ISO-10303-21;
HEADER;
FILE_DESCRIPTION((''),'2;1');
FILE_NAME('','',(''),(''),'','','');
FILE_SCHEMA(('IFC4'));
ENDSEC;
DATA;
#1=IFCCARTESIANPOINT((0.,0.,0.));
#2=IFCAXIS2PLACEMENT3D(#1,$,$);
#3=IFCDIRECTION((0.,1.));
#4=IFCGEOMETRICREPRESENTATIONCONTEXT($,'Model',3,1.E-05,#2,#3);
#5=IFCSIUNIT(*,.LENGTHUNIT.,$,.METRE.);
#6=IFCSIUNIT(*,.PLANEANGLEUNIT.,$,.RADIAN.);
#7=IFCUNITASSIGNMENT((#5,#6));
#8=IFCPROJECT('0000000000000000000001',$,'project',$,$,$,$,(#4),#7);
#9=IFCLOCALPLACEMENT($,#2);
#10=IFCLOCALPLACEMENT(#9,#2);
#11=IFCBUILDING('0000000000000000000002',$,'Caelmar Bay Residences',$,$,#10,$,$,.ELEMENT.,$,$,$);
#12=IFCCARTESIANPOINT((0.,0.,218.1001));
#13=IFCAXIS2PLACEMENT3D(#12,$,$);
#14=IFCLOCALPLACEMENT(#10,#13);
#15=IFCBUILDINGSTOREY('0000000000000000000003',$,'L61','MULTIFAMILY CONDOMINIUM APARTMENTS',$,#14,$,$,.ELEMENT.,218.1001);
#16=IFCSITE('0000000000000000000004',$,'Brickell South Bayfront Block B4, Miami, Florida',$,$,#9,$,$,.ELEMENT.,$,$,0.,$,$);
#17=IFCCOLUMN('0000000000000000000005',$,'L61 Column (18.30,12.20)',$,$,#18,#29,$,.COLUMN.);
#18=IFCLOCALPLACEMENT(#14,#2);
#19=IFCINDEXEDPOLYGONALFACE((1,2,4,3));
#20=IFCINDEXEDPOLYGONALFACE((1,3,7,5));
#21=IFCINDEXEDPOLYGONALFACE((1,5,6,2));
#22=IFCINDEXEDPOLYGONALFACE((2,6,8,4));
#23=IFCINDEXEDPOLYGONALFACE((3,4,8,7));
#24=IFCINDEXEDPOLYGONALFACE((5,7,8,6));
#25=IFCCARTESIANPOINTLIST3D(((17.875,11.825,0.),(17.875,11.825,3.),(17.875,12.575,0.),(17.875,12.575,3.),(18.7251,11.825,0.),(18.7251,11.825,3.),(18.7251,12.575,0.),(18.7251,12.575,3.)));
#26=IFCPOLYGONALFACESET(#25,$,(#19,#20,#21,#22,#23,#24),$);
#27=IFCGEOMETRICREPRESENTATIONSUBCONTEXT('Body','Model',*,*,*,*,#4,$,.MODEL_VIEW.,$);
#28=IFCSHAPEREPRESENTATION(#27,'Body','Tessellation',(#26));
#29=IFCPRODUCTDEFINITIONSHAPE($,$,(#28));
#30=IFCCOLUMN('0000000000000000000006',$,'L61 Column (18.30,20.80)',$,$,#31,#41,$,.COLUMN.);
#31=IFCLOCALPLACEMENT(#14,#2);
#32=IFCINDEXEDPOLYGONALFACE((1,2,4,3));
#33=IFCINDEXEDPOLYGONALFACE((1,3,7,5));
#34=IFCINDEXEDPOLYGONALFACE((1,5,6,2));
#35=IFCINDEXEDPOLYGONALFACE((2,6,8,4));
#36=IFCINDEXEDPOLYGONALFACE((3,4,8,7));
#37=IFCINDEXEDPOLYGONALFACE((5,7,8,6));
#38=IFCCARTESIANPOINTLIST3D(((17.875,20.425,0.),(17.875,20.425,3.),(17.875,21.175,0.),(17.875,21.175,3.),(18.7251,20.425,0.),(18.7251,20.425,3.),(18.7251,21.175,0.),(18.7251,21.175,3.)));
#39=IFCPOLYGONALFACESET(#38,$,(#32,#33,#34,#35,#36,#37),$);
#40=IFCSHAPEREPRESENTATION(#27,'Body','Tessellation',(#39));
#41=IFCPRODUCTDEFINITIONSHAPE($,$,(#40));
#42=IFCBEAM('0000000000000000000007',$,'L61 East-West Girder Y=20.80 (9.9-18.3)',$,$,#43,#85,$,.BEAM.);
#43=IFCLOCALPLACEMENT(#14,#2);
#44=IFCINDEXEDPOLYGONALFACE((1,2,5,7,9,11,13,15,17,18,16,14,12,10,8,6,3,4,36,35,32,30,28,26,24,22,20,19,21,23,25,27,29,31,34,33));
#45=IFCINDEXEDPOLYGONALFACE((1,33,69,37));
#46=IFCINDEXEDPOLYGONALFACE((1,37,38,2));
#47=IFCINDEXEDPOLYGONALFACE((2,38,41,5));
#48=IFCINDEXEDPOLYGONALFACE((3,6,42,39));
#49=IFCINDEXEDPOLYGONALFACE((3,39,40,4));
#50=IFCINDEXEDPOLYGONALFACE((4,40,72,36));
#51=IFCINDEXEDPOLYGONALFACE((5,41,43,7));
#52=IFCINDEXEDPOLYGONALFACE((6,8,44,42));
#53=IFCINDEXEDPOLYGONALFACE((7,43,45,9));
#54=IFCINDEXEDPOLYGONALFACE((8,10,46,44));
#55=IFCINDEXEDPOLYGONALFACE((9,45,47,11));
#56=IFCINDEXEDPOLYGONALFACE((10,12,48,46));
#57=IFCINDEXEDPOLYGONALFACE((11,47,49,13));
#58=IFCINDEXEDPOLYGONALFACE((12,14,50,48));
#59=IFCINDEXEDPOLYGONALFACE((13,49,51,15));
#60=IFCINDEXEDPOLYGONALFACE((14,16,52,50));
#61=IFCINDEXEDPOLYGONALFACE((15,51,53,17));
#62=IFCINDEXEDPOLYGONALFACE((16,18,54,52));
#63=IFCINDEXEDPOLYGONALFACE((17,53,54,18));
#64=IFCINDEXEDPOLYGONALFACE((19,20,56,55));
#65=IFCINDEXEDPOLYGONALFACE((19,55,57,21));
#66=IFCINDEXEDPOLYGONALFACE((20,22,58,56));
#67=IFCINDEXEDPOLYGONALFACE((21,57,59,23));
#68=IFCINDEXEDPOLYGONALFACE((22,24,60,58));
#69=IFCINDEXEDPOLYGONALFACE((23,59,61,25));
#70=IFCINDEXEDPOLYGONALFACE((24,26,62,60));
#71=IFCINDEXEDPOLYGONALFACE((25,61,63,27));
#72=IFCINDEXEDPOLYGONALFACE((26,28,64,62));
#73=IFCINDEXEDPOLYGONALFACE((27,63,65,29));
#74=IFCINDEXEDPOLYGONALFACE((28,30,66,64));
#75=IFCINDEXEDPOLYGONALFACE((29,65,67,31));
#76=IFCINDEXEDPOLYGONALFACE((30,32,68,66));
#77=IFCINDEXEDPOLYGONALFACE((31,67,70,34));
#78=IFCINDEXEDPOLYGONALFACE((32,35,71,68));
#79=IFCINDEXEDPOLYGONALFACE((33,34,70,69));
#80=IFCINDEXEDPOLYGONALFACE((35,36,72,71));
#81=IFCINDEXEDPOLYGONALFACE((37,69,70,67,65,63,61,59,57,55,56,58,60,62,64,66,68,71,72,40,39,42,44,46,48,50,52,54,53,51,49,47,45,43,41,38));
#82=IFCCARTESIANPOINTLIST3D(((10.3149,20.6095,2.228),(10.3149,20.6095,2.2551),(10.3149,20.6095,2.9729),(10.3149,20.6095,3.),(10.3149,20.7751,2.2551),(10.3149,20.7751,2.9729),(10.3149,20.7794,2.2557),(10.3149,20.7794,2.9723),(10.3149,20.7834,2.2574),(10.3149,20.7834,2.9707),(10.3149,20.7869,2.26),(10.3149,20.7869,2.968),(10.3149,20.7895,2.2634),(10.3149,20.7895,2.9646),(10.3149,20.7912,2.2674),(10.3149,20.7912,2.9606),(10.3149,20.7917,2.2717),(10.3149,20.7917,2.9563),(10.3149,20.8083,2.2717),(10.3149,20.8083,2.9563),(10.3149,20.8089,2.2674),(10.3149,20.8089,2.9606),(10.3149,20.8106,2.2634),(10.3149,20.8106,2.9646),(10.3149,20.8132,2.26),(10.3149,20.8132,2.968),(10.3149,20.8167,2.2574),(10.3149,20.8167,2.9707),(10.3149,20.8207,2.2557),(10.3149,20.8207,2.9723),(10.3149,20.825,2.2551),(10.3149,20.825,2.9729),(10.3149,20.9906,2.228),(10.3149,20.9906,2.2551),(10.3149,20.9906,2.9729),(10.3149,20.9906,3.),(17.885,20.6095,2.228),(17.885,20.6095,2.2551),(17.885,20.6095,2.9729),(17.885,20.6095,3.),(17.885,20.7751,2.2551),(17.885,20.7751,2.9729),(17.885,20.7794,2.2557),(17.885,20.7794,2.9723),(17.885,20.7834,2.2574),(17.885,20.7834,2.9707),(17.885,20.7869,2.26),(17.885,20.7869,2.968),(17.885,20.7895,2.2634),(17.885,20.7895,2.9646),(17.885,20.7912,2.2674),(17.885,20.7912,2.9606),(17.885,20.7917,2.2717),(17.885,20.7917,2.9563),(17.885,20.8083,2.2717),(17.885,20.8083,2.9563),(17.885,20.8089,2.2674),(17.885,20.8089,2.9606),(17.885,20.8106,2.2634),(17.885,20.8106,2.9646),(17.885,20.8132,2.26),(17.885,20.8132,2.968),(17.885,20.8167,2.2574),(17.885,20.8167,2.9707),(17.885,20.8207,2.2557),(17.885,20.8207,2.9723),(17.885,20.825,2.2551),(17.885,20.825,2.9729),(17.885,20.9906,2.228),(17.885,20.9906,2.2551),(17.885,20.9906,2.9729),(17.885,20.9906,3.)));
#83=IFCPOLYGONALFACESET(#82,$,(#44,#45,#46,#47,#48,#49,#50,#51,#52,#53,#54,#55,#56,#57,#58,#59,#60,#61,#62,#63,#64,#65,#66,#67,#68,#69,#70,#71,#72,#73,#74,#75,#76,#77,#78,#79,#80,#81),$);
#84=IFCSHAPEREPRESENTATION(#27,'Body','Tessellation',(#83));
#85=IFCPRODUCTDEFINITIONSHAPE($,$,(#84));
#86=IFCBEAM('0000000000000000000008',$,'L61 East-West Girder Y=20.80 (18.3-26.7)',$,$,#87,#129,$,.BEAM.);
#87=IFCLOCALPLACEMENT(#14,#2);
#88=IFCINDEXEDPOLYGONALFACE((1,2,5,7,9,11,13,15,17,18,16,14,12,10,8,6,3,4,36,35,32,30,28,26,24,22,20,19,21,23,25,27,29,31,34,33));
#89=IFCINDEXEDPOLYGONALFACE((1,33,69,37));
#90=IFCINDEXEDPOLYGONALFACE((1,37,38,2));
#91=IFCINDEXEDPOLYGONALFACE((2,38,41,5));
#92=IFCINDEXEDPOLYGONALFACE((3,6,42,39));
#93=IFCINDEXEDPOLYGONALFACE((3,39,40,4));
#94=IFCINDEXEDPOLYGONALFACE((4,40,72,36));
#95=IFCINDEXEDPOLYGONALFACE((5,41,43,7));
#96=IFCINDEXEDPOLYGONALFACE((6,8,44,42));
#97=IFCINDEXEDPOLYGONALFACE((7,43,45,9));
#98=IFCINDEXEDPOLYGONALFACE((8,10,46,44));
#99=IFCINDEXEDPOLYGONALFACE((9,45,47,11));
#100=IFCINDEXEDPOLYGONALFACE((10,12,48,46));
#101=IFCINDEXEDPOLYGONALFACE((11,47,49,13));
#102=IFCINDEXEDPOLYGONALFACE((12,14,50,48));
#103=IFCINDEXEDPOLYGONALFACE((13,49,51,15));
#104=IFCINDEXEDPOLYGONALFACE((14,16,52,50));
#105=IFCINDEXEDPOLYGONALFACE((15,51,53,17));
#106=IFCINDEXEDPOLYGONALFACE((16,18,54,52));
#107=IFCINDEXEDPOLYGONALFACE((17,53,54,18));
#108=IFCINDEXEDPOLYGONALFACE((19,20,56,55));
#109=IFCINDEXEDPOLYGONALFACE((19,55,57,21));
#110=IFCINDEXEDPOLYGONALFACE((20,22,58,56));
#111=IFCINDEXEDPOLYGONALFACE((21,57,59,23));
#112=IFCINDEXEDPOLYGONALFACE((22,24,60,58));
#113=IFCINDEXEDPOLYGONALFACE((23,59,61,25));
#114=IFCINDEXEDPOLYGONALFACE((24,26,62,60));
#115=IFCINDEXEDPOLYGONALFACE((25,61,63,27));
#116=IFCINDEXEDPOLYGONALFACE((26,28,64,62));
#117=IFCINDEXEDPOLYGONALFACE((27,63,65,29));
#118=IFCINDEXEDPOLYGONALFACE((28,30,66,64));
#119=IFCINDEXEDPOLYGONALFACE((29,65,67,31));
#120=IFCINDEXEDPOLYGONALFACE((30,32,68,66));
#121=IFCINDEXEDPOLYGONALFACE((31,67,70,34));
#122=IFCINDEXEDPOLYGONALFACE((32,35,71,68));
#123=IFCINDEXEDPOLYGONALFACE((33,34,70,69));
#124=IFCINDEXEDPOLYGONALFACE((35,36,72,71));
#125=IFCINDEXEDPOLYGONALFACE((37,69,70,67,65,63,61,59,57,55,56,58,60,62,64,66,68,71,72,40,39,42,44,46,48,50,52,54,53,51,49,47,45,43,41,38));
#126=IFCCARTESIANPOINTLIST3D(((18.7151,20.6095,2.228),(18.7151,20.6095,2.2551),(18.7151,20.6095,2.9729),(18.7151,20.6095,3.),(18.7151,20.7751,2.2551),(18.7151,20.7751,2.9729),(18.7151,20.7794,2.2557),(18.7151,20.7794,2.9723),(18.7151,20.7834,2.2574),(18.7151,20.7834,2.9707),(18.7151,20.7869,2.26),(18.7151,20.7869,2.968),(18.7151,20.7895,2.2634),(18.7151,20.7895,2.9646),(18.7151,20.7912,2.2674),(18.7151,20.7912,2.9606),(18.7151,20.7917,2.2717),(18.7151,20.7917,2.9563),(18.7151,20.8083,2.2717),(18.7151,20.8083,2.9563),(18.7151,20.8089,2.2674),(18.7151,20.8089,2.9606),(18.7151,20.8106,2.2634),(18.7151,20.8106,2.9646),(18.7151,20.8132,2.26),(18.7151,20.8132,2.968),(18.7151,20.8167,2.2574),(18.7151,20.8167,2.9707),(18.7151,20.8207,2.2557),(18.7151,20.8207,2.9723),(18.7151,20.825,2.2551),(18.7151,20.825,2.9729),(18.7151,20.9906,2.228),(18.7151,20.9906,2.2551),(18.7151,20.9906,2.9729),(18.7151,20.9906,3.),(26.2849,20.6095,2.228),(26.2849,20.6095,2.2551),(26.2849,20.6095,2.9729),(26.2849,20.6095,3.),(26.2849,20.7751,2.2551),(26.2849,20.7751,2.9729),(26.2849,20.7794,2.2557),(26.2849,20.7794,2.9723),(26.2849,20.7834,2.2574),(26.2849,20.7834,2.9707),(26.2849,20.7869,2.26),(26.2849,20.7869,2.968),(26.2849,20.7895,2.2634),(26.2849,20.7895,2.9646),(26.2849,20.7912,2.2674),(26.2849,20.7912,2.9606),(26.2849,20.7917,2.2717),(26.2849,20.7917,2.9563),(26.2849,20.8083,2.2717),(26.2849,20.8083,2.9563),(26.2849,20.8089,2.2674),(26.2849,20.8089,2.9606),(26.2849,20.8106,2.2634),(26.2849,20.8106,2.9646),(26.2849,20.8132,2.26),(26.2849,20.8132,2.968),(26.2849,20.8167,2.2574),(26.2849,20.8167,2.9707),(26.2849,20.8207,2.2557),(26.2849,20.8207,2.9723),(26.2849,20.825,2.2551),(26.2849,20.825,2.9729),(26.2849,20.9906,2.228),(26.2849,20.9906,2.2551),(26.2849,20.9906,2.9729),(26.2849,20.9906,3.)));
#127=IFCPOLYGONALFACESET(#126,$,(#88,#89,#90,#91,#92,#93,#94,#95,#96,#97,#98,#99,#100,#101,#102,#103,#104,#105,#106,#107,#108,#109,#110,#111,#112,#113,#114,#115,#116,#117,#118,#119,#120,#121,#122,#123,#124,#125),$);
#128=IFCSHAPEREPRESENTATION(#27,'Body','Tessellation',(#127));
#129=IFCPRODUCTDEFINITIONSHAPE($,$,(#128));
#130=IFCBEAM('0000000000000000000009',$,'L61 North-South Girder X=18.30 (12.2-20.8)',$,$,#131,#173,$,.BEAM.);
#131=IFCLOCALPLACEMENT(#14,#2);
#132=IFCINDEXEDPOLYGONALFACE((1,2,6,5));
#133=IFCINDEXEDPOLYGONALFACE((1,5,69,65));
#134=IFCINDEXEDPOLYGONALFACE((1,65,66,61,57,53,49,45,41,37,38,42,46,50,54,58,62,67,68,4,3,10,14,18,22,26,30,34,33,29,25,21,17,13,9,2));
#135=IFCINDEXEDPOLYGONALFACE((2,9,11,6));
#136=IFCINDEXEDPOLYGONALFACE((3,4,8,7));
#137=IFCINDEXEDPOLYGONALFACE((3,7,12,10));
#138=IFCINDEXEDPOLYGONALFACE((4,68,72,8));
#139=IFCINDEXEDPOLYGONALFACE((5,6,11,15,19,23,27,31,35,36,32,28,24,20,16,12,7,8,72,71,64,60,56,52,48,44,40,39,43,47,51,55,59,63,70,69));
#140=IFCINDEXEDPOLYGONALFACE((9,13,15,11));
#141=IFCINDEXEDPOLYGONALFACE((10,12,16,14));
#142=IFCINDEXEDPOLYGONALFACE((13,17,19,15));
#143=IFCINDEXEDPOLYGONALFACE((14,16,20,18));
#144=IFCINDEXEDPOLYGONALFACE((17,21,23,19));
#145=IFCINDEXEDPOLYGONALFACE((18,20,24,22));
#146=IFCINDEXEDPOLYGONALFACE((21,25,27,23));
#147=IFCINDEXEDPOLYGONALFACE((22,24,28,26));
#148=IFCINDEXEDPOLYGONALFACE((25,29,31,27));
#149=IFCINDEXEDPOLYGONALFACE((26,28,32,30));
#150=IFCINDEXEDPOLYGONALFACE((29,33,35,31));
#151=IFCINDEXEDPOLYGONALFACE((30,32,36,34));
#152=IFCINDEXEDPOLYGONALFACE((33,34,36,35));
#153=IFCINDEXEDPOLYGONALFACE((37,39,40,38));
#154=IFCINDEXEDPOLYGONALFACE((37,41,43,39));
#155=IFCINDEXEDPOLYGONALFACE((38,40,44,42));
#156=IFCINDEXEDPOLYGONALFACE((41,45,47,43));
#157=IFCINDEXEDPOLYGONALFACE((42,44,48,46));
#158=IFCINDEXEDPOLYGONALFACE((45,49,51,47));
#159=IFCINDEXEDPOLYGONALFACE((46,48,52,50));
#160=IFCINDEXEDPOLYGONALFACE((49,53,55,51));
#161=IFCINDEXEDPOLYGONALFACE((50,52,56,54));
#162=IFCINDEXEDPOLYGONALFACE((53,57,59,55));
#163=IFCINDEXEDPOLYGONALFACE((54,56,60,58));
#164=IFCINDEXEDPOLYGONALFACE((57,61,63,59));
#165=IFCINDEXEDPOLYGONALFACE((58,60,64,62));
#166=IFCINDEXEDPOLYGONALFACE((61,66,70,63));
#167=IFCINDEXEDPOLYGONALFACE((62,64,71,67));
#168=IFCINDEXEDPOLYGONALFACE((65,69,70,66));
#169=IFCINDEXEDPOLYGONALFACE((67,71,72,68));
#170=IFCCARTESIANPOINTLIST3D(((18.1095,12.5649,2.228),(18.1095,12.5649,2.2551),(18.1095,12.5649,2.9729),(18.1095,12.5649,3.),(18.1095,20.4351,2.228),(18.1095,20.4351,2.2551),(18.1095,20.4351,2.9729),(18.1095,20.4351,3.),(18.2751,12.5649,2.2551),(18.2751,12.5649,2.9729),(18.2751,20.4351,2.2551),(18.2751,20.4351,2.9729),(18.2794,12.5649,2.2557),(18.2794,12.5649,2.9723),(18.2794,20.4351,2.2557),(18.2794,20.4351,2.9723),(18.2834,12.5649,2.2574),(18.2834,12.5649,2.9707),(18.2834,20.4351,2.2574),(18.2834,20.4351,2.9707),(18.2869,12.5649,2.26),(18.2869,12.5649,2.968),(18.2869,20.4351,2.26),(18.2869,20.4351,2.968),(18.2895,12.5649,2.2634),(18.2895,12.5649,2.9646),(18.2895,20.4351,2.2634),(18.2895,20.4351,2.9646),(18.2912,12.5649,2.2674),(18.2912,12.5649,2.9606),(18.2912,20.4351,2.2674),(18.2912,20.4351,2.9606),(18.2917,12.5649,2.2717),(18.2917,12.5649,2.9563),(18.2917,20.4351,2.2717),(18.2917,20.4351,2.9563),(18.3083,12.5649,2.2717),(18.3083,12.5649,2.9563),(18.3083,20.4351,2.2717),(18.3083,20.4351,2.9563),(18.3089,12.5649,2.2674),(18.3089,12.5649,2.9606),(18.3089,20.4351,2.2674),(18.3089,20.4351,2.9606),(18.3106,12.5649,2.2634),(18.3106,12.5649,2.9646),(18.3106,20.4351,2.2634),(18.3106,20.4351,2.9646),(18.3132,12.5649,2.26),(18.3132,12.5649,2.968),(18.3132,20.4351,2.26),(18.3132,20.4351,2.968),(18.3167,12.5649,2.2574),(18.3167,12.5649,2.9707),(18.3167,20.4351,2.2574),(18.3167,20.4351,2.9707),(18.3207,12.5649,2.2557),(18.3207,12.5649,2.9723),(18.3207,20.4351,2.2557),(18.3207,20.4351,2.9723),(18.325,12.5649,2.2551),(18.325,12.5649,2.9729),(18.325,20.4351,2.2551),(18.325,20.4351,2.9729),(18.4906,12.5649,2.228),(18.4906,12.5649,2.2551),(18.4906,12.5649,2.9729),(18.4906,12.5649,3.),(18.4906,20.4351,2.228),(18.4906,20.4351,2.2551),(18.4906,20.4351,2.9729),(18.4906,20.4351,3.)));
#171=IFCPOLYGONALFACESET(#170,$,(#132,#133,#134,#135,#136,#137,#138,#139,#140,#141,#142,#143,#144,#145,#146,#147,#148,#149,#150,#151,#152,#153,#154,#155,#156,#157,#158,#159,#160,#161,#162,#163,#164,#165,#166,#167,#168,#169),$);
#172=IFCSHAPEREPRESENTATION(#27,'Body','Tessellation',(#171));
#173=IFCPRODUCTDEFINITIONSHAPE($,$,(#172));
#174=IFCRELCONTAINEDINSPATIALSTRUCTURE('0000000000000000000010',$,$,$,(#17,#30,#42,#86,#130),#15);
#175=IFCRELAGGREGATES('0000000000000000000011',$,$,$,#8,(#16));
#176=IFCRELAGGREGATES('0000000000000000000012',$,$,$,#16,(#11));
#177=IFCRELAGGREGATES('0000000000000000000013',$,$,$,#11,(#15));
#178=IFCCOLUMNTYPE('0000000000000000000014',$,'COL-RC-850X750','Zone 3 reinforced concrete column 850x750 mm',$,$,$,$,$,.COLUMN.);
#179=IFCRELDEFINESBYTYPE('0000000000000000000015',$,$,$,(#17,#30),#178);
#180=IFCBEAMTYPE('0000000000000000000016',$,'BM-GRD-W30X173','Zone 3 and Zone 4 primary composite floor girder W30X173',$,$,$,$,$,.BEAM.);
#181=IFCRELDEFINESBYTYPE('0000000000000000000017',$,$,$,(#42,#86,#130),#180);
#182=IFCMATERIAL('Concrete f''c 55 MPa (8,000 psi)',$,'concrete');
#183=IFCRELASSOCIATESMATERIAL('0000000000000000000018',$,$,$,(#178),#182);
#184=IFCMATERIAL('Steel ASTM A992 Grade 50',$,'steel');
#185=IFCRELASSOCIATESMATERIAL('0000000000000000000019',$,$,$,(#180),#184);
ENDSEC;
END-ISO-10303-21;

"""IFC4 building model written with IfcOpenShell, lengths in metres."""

from ifc_helpers import new_model, si_unit, direction, frame, origin, origin_2d, place, context, subcontext, project, spatial, rectangle, i_section, extrude, material, material_profile, profile_set, type_object, element, save


model = new_model("IFC4")

# Units and contexts
model_context = context("Model", 3, precision=1e-05, world=origin(), true_north=direction((0.0, 1.0)))
body_context = subcontext(model_context, "Body", "Model", "MODEL_VIEW")
ifc_project = project(units=[si_unit("LENGTHUNIT", "METRE"), si_unit("PLANEANGLEUNIT", "RADIAN")], contexts=[model_context])

# Site, building, storey
site_placement = place(None, origin())
site = spatial("IfcSite", under=ifc_project, at=site_placement, Name="Brickell South Bayfront Block B4, Miami, Florida", CompositionType="ELEMENT", RefElevation=0.0)
building_placement = place(site_placement, origin())
building = spatial("IfcBuilding", under=site, at=building_placement, Name="Caelmar Bay Residences", CompositionType="ELEMENT")
storey_placement = place(building_placement, frame((0.0, 0.0, 218.1001)))
storey = spatial("IfcBuildingStorey", under=building, at=storey_placement, Name="L61", Description="MULTIFAMILY CONDOMINIUM APARTMENTS", CompositionType="ELEMENT", Elevation=218.1001)

# Columns
ifc_material_1 = material(Name="Concrete f'c 55 MPa (8,000 psi)", Category="concrete")
ifc_material_profile_1 = material_profile(ifc_material_1, rectangle(XDim=0.8501, YDim=0.75, at=origin_2d()), Name="RC-COL-850X750")
ifc_profile_set_1 = profile_set([ifc_material_profile_1], Name="Concrete f'c 55 MPa (8,000 psi)")
column_type = type_object("IfcColumnType", Name="COL-RC-850X750", Description="Zone 3 reinforced concrete column 850x750 mm", PredefinedType="COLUMN", material=ifc_profile_set_1)
for number, where, z_axis, x_axis, name in (
    (1, (18.3, 12.2, 0.0), (0.0, 0.0, 1.0), (1.0, 0.0, 0.0), "L61 Column (18.30,12.20)"),
    (2, (18.3, 20.8, 0.0), (0.0, 0.0, 1.0), (1.0, 0.0, 0.0), "L61 Column (18.30,20.80)"),
):
    element("IfcColumn", number, at=place(storey_placement, frame(where, z_axis=z_axis, x_axis=x_axis)), inside=storey, type_object=column_type, Name=name, PredefinedType="COLUMN", context=body_context, shape_type="SweptSolid", body=[
        extrude(rectangle(XDim=0.8501, YDim=0.75, at=origin_2d()), origin(), (0.0, 0.0, 1.0), 3.0),
    ])

# Beams
ifc_material_2 = material(Name="Steel ASTM A992 Grade 50", Category="steel")
ifc_material_profile_2 = material_profile(ifc_material_2, i_section(OverallWidth=0.3811, OverallDepth=0.772, WebThickness=0.0166, FlangeThickness=0.0271, FilletRadius=0.0166, at=origin_2d()), Name="W30X173")
ifc_profile_set_2 = profile_set([ifc_material_profile_2], Name="Steel ASTM A992 Grade 50")
beam_type_1 = type_object("IfcBeamType", Name="BM-GRD-W30X173", Description="Zone 3 and Zone 4 primary composite floor girder W30X173", PredefinedType="BEAM", material=ifc_profile_set_2)
beam_1_placement = place(storey_placement, frame((10.3149, 20.8, 2.614), z_axis=(1.0, 0.0, 0.0), x_axis=(0.0, 1.0, 0.0)))
element("IfcBeam", 3, at=beam_1_placement, inside=storey, type_object=beam_type_1, Name="L61 East-West Girder Y=20.80 (9.9-18.3)", PredefinedType="BEAM", context=body_context, shape_type="SweptSolid", body=[
    extrude(i_section(OverallWidth=0.3811, OverallDepth=0.772, WebThickness=0.0166, FlangeThickness=0.0271, FilletRadius=0.0166, at=origin_2d()), origin(), (0.0, 0.0, 1.0), 7.5701),
])
beam_2_placement = place(storey_placement, frame((18.7151, 20.8, 2.614), z_axis=(1.0, 0.0, 0.0), x_axis=(0.0, 1.0, 0.0)))
element("IfcBeam", 4, at=beam_2_placement, inside=storey, type_object=beam_type_1, Name="L61 East-West Girder Y=20.80 (18.3-26.7)", PredefinedType="BEAM", context=body_context, shape_type="SweptSolid", body=[
    extrude(i_section(OverallWidth=0.3811, OverallDepth=0.772, WebThickness=0.0166, FlangeThickness=0.0271, FilletRadius=0.0166, at=origin_2d()), origin(), (0.0, 0.0, 1.0), 7.5698),
])
beam_3_placement = place(storey_placement, frame((18.3, 12.5649, 2.614), z_axis=(0.0, 1.0, 0.0), x_axis=(-1.0, 0.0, 0.0)))
element("IfcBeam", 5, at=beam_3_placement, inside=storey, type_object=beam_type_1, Name="L61 North-South Girder X=18.30 (12.2-20.8)", PredefinedType="BEAM", context=body_context, shape_type="SweptSolid", body=[
    extrude(i_section(OverallWidth=0.3811, OverallDepth=0.772, WebThickness=0.0166, FlangeThickness=0.0271, FilletRadius=0.0166, at=origin_2d()), origin(), (0.0, 0.0, 1.0), 7.8701),
])

save(model, "model.ifc")
